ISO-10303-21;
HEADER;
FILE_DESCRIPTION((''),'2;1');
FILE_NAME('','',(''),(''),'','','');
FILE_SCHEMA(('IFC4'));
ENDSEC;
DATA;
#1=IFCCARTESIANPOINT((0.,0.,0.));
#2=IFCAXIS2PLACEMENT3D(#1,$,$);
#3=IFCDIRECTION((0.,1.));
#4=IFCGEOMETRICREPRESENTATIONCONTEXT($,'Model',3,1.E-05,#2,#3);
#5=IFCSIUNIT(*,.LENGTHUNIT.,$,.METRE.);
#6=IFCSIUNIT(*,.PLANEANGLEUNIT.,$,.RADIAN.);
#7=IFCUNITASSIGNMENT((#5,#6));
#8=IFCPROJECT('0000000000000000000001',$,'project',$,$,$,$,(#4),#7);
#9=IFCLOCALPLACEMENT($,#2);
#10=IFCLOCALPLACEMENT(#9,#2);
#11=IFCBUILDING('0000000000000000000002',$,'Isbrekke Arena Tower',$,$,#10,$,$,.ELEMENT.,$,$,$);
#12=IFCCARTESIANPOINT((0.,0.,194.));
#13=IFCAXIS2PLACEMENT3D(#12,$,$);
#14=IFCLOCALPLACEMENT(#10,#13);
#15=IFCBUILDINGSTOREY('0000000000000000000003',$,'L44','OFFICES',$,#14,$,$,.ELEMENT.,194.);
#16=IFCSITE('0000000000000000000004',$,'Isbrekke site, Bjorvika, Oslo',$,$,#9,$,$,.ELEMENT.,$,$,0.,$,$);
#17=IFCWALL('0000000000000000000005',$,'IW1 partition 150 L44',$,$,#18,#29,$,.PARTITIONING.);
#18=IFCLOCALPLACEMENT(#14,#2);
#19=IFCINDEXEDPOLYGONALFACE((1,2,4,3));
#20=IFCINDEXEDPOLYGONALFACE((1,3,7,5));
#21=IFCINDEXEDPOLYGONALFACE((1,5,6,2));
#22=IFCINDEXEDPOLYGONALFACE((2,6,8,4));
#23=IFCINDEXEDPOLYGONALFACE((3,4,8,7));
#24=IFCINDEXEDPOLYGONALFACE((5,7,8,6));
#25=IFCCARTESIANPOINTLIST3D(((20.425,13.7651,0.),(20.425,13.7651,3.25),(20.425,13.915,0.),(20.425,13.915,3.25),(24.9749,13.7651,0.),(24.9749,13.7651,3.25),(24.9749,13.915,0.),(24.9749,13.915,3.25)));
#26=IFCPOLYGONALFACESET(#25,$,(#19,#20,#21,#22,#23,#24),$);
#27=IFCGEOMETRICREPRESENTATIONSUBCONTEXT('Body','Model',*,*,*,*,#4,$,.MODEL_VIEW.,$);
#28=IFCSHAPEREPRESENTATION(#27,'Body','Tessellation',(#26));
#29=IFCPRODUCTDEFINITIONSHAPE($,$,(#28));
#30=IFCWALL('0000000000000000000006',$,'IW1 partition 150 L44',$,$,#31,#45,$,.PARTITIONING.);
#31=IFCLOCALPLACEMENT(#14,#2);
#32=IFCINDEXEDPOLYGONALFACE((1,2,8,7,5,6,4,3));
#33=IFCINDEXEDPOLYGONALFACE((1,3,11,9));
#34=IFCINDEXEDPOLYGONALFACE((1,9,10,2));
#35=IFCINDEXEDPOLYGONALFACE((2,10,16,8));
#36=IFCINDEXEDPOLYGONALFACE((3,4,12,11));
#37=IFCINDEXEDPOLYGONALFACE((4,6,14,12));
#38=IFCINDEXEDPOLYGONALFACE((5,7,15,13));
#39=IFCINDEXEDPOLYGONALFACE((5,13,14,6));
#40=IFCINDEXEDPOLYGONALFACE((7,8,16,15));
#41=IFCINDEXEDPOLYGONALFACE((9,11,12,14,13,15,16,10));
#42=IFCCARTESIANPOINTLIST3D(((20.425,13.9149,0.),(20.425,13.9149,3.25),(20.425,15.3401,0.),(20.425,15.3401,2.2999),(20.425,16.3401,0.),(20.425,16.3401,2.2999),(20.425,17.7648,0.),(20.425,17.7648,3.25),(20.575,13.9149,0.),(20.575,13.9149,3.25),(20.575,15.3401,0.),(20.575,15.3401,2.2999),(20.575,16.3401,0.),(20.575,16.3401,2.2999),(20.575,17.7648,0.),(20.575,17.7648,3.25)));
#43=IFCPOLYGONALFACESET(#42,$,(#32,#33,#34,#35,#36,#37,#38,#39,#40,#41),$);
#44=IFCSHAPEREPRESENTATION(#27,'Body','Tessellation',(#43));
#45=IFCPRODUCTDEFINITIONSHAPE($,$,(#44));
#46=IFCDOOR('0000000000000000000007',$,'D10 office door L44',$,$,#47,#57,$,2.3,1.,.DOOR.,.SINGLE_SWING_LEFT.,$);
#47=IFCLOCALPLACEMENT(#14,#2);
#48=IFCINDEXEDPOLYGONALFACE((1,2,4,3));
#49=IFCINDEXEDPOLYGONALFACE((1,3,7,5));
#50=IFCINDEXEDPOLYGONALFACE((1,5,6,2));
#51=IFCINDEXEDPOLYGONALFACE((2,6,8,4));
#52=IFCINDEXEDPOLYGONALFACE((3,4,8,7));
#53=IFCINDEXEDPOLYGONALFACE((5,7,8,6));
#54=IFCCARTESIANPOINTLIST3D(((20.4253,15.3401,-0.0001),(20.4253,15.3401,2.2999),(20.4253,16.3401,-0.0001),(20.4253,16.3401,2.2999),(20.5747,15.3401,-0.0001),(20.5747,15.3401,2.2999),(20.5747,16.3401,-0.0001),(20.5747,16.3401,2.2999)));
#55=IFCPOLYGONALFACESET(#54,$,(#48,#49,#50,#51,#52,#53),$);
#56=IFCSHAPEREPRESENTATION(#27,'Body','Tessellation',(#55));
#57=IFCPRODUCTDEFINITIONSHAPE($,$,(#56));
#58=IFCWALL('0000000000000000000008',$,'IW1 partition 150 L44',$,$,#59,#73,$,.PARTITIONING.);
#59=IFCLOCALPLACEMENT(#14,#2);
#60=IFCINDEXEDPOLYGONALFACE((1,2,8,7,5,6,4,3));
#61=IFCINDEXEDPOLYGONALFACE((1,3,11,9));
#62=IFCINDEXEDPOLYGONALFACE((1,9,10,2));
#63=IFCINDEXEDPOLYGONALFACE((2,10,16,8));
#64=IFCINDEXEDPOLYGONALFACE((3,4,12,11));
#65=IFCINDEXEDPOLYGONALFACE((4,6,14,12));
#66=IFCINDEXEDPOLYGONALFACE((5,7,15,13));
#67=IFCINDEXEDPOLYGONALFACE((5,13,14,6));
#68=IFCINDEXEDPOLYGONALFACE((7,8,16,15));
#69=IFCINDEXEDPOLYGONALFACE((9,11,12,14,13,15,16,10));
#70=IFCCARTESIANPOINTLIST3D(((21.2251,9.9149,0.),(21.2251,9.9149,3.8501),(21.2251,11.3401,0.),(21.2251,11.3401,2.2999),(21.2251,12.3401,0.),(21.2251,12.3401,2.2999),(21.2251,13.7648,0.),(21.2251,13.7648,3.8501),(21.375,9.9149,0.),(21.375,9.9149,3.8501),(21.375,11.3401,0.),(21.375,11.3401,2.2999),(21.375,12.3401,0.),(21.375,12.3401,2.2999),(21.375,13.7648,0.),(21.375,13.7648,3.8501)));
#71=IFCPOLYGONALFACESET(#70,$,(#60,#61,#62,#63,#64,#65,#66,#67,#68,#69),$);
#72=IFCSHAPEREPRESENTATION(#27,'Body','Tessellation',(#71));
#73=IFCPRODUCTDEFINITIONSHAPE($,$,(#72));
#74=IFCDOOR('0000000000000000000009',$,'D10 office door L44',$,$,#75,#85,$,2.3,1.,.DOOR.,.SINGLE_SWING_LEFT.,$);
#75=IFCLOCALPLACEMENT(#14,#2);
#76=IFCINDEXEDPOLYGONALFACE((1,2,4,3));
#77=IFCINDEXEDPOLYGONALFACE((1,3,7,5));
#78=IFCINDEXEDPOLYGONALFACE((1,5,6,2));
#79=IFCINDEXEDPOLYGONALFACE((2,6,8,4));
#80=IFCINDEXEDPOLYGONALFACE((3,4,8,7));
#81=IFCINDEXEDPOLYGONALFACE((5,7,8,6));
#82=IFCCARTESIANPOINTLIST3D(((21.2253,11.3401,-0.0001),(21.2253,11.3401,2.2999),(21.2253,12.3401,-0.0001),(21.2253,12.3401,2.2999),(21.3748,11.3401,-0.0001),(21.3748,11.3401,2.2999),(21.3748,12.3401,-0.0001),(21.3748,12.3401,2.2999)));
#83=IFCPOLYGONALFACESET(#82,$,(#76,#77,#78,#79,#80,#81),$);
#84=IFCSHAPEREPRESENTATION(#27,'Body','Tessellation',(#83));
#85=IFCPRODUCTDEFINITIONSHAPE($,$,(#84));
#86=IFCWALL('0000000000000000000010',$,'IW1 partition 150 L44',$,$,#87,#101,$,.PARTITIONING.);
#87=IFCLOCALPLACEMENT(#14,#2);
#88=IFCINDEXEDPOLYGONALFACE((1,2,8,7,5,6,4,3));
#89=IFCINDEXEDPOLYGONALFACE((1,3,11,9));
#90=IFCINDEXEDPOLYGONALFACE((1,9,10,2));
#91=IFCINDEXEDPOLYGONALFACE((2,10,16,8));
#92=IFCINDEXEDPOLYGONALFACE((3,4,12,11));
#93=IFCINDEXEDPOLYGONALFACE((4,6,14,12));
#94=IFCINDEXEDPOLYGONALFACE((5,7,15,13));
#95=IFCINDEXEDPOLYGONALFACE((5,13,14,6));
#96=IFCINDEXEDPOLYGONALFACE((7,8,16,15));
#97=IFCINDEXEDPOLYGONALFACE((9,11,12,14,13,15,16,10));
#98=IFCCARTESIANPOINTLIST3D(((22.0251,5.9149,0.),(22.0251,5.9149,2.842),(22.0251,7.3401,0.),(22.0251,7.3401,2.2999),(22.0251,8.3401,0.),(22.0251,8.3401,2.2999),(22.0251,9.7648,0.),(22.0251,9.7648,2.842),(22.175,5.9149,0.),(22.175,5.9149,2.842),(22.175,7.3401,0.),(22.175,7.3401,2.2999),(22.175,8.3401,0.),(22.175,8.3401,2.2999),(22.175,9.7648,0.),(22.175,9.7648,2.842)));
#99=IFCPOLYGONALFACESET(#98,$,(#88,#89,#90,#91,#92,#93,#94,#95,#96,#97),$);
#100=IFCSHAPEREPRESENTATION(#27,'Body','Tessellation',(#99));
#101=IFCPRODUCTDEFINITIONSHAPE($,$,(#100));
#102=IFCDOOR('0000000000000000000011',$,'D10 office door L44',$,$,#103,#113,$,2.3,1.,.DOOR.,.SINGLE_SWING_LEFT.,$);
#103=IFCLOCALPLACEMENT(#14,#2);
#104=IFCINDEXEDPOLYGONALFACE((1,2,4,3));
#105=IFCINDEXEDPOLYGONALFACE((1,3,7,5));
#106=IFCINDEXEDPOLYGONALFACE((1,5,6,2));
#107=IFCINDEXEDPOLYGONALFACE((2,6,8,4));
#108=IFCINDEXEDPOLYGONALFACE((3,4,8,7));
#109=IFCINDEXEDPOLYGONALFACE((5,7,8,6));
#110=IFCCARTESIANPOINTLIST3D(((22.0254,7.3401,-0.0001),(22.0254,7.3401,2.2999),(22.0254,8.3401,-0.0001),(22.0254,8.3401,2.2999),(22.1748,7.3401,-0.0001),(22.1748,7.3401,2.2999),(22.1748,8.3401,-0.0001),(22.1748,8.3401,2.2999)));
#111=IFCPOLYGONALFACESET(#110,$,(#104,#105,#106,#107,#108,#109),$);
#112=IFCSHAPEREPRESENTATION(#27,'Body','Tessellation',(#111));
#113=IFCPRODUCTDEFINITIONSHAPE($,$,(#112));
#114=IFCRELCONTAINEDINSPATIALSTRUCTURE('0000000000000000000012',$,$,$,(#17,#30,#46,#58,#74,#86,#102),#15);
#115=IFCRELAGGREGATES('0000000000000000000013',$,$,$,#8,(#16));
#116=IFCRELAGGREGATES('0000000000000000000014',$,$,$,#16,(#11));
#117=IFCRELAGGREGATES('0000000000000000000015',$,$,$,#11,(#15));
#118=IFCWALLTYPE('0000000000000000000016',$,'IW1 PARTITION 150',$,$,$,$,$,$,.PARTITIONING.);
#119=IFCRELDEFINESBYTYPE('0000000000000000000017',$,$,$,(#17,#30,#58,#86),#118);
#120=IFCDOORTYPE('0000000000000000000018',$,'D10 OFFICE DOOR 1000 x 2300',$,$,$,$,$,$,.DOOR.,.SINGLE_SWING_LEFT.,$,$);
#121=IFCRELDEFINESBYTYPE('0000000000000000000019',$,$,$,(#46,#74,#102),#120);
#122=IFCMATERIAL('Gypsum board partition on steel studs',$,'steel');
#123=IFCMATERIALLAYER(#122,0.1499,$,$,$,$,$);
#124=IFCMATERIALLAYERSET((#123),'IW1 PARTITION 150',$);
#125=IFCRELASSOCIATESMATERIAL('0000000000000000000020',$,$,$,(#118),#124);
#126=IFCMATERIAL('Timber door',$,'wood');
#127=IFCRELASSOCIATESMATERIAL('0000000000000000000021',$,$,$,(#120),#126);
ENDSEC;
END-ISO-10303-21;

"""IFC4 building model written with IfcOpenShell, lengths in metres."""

from ifc_helpers import new_model, si_unit, direction, frame, frame_2d, origin, place, context, subcontext, project, spatial, rectangle, extrude, material, layer, layer_set, type_object, element, fill, save


model = new_model("IFC4")

# Units and contexts
model_context = context("Model", 3, precision=1e-05, world=origin(), true_north=direction((0.0, 1.0)))
body_context = subcontext(model_context, "Body", "Model", "MODEL_VIEW")
ifc_project = project(units=[si_unit("LENGTHUNIT", "METRE"), si_unit("PLANEANGLEUNIT", "RADIAN")], contexts=[model_context])

# Site, building, storey
site_placement = place(None, origin())
site = spatial("IfcSite", under=ifc_project, at=site_placement, Name="Isbrekke site, Bjorvika, Oslo", CompositionType="ELEMENT", RefElevation=0.0)
building_placement = place(site_placement, origin())
building = spatial("IfcBuilding", under=site, at=building_placement, Name="Isbrekke Arena Tower", CompositionType="ELEMENT")
storey_placement = place(building_placement, frame((0.0, 0.0, 194.0)))
storey = spatial("IfcBuildingStorey", under=building, at=storey_placement, Name="L44", Description="OFFICES", CompositionType="ELEMENT", Elevation=194.0)

# Wall
ifc_material_1 = material(Name="Gypsum board partition on steel studs", Category="steel")
ifc_layer_1 = layer(ifc_material_1, 0.1499)
ifc_layer_set_1 = layer_set([ifc_layer_1], Name="IW1 PARTITION 150")
wall_type = type_object("IfcWallType", Name="IW1 PARTITION 150", PredefinedType="PARTITIONING", material=ifc_layer_set_1)
for number, where, z_axis, x_axis, name in (
    (1, (20.425, 13.8401, 0.0), (0.0, 0.0, 1.0), (1.0, 0.0, 0.0), "IW1 partition 150 L44"),
):
    element("IfcWall", number, at=place(storey_placement, frame(where, z_axis=z_axis, x_axis=x_axis)), inside=storey, type_object=wall_type, Name=name, PredefinedType="PARTITIONING", context=body_context, shape_type="SweptSolid", body=[
        extrude(rectangle(XDim=4.5498, YDim=0.1499, at=frame_2d((2.2749, 0.0))), origin(), (0.0, 0.0, 1.0), 3.25),
    ])

# Walls, openings, doors
wall_1_placement = place(storey_placement, frame((20.5, 13.915, 0.0), z_axis=(0.0, 0.0, 1.0), x_axis=(0.0, 1.0, 0.0)))
wall_1 = element("IfcWall", 2, at=wall_1_placement, inside=storey, type_object=wall_type, Name="IW1 partition 150 L44", PredefinedType="PARTITIONING", context=body_context, shape_type="SweptSolid", body=[
    extrude(rectangle(XDim=3.8499, YDim=0.1499, at=frame_2d((1.9248, 0.0))), origin(), (0.0, 0.0, 1.0), 3.25),
])
opening_1_placement = place(wall_1_placement, frame((1.425, 0.0, 0.0)))
opening_1 = element("IfcOpeningElement", 3, at=opening_1_placement, cuts=wall_1, PredefinedType="OPENING", context=body_context, shape_type="SweptSolid", body=[
    extrude(rectangle(XDim=1.0, YDim=2.3, at=frame_2d((0.5, 1.1499))), frame((0.0, 0.0898, 0.0), z_axis=(0.0, -1.0, 0.0), x_axis=(1.0, 0.0, 0.0)), (0.0, 0.0, 1.0), 0.1797),
])
ifc_material_2 = material(Name="Timber door", Category="wood")
door_type = type_object("IfcDoorType", Name="D10 OFFICE DOOR 1000 x 2300", OperationType="SINGLE_SWING_LEFT", PredefinedType="DOOR", material=ifc_material_2)
door_1_placement = place(opening_1_placement, origin())
door_1 = element("IfcDoor", 4, at=door_1_placement, inside=storey, type_object=door_type, Name="D10 office door L44", OperationType="SINGLE_SWING_LEFT", OverallHeight=2.3, OverallWidth=1.0, PredefinedType="DOOR", context=body_context, shape_type="SweptSolid", body=[
    extrude(rectangle(XDim=1.0, YDim=2.3, at=frame_2d((0.5, 1.1499))), frame((0.0, 0.0747, 0.0), z_axis=(0.0, -1.0, 0.0), x_axis=(1.0, 0.0, 0.0)), (0.0, 0.0, 1.0), 0.1494),
])
fill(opening_1, door_1)
wall_2_placement = place(storey_placement, frame((21.3, 9.915, 0.0), z_axis=(0.0, 0.0, 1.0), x_axis=(0.0, 1.0, 0.0)))
wall_2 = element("IfcWall", 5, at=wall_2_placement, inside=storey, type_object=wall_type, Name="IW1 partition 150 L44", PredefinedType="PARTITIONING", context=body_context, shape_type="SweptSolid", body=[
    extrude(rectangle(XDim=3.8499, YDim=0.1499, at=frame_2d((1.9248, 0.0))), origin(), (0.0, 0.0, 1.0), 3.8501),
])
opening_2_placement = place(wall_2_placement, frame((1.425, 0.0, 0.0)))
opening_2 = element("IfcOpeningElement", 6, at=opening_2_placement, cuts=wall_2, PredefinedType="OPENING", context=body_context, shape_type="SweptSolid", body=[
    extrude(rectangle(XDim=1.0, YDim=2.3, at=frame_2d((0.5, 1.1499))), frame((0.0, 0.0898, 0.0), z_axis=(0.0, -1.0, 0.0), x_axis=(1.0, 0.0, 0.0)), (0.0, 0.0, 1.0), 0.1797),
])
door_2_placement = place(opening_2_placement, origin())
door_2 = element("IfcDoor", 7, at=door_2_placement, inside=storey, type_object=door_type, Name="D10 office door L44", OperationType="SINGLE_SWING_LEFT", OverallHeight=2.3, OverallWidth=1.0, PredefinedType="DOOR", context=body_context, shape_type="SweptSolid", body=[
    extrude(rectangle(XDim=1.0, YDim=2.3, at=frame_2d((0.5, 1.1499))), frame((0.0, 0.0747, 0.0), z_axis=(0.0, -1.0, 0.0), x_axis=(1.0, 0.0, 0.0)), (0.0, 0.0, 1.0), 0.1494),
])
fill(opening_2, door_2)
wall_3_placement = place(storey_placement, frame((22.1001, 5.915, 0.0), z_axis=(0.0, 0.0, 1.0), x_axis=(0.0, 1.0, 0.0)))
wall_3 = element("IfcWall", 8, at=wall_3_placement, inside=storey, type_object=wall_type, Name="IW1 partition 150 L44", PredefinedType="PARTITIONING", context=body_context, shape_type="SweptSolid", body=[
    extrude(rectangle(XDim=3.8499, YDim=0.1499, at=frame_2d((1.9248, 0.0))), origin(), (0.0, 0.0, 1.0), 2.842),
])
opening_3_placement = place(wall_3_placement, frame((1.425, 0.0, 0.0)))
opening_3 = element("IfcOpeningElement", 9, at=opening_3_placement, cuts=wall_3, PredefinedType="OPENING", context=body_context, shape_type="SweptSolid", body=[
    extrude(rectangle(XDim=1.0, YDim=2.3, at=frame_2d((0.5, 1.1499))), frame((0.0, 0.0898, 0.0), z_axis=(0.0, -1.0, 0.0), x_axis=(1.0, 0.0, 0.0)), (0.0, 0.0, 1.0), 0.1797),
])
door_3_placement = place(opening_3_placement, origin())
door_3 = element("IfcDoor", 10, at=door_3_placement, inside=storey, type_object=door_type, Name="D10 office door L44", OperationType="SINGLE_SWING_LEFT", OverallHeight=2.3, OverallWidth=1.0, PredefinedType="DOOR", context=body_context, shape_type="SweptSolid", body=[
    extrude(rectangle(XDim=1.0, YDim=2.3, at=frame_2d((0.5, 1.1499))), frame((0.0, 0.0747, 0.0), z_axis=(0.0, -1.0, 0.0), x_axis=(1.0, 0.0, 0.0)), (0.0, 0.0, 1.0), 0.1494),
])
fill(opening_3, door_3)

save(model, "model.ifc")
